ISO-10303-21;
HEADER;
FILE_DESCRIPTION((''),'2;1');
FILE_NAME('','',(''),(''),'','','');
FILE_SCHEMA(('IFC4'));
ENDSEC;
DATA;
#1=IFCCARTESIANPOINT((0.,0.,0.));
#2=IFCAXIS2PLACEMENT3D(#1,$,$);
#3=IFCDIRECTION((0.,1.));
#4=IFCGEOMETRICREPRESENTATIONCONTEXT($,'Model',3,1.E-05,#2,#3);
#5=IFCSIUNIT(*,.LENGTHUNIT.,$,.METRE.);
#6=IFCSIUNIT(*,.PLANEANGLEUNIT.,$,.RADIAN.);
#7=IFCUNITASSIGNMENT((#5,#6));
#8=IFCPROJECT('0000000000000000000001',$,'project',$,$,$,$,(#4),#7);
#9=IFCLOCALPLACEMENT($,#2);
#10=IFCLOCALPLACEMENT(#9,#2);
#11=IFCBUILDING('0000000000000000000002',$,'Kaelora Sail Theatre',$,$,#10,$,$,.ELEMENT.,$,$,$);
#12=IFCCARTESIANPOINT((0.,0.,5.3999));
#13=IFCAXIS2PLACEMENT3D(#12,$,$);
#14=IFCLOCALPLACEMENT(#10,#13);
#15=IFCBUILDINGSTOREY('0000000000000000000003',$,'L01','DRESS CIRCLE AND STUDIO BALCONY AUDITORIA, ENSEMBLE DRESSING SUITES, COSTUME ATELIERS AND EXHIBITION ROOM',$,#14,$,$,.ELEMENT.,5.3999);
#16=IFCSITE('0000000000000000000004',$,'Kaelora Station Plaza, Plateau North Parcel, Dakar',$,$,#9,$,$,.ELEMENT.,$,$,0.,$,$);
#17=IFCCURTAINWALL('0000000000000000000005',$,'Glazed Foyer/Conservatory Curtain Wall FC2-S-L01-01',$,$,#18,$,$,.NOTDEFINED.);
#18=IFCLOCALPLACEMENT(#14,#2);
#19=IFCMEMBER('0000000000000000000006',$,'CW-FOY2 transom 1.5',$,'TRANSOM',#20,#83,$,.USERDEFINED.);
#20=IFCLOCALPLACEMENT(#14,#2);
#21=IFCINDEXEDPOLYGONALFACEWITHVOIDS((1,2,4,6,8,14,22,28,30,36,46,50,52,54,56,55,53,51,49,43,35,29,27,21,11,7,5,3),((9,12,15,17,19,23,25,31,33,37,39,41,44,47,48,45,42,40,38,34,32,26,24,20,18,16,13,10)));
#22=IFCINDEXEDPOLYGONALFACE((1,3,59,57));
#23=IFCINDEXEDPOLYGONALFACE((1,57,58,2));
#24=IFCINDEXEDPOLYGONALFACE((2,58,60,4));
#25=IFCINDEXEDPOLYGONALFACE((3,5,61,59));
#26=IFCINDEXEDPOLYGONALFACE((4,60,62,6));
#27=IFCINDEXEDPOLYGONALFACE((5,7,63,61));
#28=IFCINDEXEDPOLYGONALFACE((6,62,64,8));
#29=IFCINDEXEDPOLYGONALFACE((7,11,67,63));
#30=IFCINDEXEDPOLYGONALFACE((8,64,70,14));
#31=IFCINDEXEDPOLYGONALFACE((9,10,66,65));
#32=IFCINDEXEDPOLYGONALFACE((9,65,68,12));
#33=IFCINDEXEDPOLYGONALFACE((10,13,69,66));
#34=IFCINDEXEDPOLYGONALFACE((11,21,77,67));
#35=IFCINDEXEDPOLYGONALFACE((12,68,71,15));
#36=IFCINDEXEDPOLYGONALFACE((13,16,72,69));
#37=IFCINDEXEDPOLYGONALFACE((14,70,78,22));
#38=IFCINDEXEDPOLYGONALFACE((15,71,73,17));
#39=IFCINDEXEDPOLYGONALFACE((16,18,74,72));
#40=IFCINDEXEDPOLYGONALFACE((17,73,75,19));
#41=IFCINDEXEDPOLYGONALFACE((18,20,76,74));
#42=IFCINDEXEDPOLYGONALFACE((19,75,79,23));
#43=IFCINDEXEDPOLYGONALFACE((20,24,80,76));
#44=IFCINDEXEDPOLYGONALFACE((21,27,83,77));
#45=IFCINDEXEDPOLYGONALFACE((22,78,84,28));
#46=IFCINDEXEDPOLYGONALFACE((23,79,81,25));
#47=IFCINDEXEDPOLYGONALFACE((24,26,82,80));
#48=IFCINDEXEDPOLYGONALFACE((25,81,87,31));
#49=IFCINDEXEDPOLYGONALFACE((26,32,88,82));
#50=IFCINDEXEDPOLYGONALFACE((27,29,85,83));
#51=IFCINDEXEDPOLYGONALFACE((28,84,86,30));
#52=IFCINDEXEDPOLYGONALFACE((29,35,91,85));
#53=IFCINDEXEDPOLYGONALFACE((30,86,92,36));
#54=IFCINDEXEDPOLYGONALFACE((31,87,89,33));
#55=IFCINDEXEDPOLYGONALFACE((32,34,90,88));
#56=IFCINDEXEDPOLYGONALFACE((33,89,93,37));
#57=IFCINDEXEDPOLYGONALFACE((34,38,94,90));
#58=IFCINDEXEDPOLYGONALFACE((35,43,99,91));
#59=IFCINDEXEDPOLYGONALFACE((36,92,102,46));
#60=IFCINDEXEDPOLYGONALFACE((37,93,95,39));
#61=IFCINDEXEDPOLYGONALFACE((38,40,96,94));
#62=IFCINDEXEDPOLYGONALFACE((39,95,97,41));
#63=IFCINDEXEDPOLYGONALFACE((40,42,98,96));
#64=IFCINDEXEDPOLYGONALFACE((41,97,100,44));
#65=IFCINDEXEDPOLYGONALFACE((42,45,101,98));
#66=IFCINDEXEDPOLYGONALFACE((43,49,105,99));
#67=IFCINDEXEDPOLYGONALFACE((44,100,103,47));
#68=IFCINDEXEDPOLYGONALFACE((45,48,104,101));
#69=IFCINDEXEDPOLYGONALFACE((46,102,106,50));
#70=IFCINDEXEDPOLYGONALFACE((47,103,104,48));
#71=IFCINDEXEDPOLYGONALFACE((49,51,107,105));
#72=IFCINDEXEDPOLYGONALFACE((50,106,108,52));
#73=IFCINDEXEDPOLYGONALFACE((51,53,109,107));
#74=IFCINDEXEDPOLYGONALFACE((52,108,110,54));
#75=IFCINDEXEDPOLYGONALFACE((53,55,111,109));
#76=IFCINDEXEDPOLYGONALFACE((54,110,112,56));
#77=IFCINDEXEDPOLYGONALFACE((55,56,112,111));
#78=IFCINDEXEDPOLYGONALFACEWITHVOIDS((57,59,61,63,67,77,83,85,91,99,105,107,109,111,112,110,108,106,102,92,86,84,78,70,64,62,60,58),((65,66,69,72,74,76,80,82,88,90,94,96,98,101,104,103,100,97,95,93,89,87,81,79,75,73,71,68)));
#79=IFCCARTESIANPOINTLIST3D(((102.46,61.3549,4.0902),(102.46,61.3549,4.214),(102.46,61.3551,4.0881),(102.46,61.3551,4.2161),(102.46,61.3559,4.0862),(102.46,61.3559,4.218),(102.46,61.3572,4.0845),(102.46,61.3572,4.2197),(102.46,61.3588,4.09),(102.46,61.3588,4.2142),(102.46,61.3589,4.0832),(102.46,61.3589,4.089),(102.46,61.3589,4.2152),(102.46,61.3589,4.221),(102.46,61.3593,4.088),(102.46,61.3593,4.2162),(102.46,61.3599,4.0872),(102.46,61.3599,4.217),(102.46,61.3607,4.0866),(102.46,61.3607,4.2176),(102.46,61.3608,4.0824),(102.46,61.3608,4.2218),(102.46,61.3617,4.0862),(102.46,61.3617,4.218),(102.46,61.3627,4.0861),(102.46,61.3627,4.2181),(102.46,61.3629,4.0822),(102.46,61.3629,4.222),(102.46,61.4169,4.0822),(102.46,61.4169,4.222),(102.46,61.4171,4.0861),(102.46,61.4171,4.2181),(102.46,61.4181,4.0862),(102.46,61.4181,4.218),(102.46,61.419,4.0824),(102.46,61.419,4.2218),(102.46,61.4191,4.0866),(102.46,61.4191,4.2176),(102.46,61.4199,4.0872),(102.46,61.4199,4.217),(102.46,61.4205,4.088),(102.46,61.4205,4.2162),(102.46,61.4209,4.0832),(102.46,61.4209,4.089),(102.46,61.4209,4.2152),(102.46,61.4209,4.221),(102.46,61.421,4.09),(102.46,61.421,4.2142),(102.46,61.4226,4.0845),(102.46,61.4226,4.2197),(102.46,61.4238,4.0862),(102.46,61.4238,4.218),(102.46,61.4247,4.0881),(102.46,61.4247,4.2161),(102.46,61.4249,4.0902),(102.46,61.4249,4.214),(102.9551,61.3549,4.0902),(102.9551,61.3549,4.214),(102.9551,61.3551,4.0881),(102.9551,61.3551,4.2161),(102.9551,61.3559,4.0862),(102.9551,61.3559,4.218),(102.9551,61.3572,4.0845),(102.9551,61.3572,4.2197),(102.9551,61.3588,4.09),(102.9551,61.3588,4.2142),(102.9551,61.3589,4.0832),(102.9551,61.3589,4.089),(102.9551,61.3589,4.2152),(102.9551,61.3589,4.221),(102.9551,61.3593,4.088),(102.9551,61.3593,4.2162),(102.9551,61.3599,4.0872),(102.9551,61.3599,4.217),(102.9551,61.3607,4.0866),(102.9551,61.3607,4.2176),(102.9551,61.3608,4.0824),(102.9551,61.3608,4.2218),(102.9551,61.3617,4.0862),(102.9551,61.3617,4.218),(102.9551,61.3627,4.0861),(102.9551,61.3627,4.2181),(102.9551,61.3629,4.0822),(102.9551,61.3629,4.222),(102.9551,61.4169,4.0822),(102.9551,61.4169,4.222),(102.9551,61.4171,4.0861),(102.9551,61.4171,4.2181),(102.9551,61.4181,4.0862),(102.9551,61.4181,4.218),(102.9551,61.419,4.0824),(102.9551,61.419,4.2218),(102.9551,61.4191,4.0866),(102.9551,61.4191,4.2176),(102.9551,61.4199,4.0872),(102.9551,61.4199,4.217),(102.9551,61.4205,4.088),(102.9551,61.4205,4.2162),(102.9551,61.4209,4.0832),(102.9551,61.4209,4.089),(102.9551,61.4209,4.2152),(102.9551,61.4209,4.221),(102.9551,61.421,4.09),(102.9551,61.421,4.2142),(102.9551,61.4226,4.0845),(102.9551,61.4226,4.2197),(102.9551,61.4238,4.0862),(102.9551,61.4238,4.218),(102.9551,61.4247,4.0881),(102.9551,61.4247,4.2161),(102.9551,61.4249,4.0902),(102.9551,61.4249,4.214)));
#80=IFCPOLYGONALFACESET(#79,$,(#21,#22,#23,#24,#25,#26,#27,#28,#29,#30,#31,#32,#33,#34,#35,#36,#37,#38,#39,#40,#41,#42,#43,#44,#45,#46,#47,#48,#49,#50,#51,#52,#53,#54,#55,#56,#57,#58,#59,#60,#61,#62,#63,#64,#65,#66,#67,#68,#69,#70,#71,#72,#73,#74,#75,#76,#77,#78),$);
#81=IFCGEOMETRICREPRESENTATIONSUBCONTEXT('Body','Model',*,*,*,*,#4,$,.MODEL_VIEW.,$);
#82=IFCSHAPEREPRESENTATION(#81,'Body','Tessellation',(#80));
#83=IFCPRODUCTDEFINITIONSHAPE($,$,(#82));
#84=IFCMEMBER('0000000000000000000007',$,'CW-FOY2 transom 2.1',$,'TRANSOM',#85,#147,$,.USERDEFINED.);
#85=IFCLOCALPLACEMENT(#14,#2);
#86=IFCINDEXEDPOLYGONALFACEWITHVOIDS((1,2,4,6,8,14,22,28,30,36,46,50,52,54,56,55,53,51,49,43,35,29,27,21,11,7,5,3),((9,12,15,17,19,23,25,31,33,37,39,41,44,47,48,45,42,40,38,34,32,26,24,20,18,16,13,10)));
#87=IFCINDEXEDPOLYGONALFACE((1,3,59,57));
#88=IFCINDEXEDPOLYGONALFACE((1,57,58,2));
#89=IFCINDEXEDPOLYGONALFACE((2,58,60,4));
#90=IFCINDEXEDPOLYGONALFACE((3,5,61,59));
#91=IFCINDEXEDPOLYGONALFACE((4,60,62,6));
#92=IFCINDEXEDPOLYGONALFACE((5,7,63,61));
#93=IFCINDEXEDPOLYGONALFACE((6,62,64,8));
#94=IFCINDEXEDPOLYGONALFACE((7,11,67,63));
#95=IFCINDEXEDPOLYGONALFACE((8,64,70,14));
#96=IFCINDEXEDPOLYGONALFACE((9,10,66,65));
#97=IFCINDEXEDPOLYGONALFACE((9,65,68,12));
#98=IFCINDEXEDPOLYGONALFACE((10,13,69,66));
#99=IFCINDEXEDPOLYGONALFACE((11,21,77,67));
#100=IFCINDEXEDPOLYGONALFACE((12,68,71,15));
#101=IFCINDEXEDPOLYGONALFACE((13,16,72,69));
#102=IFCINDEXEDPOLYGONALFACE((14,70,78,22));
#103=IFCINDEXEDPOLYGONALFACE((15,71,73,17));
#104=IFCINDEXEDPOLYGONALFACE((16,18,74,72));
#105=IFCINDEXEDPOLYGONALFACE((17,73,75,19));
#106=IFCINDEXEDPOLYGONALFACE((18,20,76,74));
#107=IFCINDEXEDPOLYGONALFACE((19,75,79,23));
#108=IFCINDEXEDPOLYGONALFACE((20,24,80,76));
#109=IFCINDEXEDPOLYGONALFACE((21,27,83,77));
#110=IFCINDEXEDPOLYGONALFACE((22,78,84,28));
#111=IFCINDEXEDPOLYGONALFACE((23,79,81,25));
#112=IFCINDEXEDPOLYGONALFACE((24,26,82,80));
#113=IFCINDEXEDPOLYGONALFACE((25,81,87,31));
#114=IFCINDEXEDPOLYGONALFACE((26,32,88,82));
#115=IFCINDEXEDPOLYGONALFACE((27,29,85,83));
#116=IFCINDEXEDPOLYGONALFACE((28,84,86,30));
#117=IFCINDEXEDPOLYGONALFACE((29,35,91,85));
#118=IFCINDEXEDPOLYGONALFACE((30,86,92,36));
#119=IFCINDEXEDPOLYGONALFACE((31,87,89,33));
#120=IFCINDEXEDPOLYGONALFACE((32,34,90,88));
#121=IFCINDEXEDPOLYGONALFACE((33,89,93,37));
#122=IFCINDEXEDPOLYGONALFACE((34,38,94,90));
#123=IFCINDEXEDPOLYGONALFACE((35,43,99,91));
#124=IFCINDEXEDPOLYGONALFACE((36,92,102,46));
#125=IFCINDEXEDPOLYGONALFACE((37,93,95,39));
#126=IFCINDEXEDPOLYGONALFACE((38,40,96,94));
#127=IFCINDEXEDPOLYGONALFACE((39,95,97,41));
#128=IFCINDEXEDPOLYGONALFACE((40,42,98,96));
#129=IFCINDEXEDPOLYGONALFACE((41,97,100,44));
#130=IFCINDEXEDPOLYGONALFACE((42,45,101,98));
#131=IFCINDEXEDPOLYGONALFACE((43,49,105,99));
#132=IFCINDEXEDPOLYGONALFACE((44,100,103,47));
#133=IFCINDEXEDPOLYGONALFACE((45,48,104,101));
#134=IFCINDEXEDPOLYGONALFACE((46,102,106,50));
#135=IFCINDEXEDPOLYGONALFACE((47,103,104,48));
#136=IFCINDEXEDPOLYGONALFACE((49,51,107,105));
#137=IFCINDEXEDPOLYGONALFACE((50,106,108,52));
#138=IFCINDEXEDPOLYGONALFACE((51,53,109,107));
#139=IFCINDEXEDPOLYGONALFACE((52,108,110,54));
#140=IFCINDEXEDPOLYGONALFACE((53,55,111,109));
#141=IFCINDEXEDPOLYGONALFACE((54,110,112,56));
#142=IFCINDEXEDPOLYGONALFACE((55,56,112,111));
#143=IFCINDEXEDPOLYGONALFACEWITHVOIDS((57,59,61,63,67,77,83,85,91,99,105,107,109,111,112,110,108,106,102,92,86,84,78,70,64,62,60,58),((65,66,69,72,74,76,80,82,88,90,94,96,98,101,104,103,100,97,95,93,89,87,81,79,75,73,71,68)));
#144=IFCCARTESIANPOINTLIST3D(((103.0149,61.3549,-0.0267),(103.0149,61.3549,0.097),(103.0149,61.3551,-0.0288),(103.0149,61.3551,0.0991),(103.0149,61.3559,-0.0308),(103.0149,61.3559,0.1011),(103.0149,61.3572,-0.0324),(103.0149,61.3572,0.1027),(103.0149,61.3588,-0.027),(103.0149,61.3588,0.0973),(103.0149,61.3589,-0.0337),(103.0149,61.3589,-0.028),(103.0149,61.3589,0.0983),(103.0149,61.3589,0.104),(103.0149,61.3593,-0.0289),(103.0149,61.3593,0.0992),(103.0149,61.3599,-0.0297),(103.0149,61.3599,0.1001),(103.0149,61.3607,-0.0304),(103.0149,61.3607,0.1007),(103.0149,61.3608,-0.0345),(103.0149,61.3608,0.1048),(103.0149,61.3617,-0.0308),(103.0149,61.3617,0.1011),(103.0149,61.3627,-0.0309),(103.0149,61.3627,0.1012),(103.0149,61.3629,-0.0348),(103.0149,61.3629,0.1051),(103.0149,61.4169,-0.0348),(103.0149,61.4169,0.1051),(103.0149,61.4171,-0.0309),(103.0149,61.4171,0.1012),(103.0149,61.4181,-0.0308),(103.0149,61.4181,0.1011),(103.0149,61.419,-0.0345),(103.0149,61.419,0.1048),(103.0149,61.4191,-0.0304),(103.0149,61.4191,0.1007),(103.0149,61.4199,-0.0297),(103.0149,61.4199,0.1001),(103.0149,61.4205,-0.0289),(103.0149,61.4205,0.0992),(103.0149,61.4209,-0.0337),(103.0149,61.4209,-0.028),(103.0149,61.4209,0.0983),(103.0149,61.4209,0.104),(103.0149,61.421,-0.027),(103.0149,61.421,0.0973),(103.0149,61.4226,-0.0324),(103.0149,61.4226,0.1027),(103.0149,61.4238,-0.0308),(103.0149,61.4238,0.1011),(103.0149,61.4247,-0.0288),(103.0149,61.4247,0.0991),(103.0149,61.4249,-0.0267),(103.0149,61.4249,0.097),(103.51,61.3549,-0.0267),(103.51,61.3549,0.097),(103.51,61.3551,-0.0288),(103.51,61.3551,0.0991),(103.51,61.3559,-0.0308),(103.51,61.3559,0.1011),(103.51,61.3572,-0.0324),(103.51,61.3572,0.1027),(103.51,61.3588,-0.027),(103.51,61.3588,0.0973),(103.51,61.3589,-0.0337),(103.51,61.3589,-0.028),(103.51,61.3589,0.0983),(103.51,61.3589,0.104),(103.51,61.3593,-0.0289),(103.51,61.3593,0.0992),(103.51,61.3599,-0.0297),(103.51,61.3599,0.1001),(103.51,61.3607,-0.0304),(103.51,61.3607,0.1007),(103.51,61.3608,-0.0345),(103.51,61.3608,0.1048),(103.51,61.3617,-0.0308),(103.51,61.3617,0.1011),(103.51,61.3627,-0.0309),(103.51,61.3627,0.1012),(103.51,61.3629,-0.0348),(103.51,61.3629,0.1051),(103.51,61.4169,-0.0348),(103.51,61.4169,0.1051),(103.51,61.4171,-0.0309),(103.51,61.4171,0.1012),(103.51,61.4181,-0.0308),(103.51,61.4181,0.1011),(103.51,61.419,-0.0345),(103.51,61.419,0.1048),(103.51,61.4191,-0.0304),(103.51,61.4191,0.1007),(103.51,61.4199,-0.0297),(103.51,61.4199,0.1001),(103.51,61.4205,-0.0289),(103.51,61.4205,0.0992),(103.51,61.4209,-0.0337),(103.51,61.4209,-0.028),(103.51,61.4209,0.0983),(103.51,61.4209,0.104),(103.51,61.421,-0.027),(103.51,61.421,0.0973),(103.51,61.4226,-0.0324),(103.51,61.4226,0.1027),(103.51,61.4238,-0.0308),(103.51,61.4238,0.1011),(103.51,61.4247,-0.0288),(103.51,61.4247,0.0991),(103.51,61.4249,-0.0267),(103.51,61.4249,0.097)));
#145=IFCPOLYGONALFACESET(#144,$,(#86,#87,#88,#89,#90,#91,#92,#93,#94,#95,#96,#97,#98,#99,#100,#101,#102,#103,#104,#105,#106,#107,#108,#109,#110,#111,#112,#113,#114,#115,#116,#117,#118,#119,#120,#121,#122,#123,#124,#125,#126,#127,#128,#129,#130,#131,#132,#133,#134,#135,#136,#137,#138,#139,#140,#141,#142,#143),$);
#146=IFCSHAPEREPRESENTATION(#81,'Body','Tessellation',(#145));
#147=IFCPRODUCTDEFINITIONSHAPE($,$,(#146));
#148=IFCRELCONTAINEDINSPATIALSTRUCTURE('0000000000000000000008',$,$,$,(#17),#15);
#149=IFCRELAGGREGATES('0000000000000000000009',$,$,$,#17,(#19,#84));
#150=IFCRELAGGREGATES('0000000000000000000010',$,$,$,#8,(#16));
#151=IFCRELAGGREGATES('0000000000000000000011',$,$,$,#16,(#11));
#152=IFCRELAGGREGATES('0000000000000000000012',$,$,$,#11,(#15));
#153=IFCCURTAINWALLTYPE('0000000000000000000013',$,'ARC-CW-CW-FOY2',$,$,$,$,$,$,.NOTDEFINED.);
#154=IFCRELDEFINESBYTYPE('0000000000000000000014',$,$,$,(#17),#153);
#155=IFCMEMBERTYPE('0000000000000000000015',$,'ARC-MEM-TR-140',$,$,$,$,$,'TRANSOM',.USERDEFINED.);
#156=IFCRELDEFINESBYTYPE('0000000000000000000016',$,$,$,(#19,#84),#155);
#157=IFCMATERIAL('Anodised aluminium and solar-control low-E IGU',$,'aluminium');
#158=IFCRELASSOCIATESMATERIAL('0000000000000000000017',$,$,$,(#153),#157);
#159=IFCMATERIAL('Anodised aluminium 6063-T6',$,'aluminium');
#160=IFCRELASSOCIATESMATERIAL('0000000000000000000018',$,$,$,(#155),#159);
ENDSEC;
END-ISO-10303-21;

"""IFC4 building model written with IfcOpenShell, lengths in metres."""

from ifc_helpers import new_model, si_unit, direction, frame, origin, origin_2d, place, context, subcontext, project, spatial, hollow_rectangle, extrude, material, material_profile, profile_set, type_object, element, aggregate, save


model = new_model("IFC4")

# Units and contexts
model_context = context("Model", 3, precision=1e-05, world=origin(), true_north=direction((0.0, 1.0)))
body_context = subcontext(model_context, "Body", "Model", "MODEL_VIEW")
ifc_project = project(units=[si_unit("LENGTHUNIT", "METRE"), si_unit("PLANEANGLEUNIT", "RADIAN")], contexts=[model_context])

# Site, building, storey
site_placement = place(None, origin())
site = spatial("IfcSite", under=ifc_project, at=site_placement, Name="Kaelora Station Plaza, Plateau North Parcel, Dakar", CompositionType="ELEMENT", RefElevation=0.0)
building_placement = place(site_placement, origin())
building = spatial("IfcBuilding", under=site, at=building_placement, Name="Kaelora Sail Theatre", CompositionType="ELEMENT")
storey_placement = place(building_placement, frame((0.0, 0.0, 5.3999)))
storey = spatial("IfcBuildingStorey", under=building, at=storey_placement, Name="L01", Description="DRESS CIRCLE AND STUDIO BALCONY AUDITORIA, ENSEMBLE DRESSING SUITES, COSTUME ATELIERS AND EXHIBITION ROOM", CompositionType="ELEMENT", Elevation=5.3999)

# Curtain wall
ifc_material_1 = material(Name="Anodised aluminium and solar-control low-E IGU", Category="aluminium")
curtain_wall_type = type_object("IfcCurtainWallType", Name="ARC-CW-CW-FOY2", PredefinedType="NOTDEFINED", material=ifc_material_1)
curtain_wall_1_placement = place(storey_placement, origin())
curtain_wall_1 = element("IfcCurtainWall", 1, at=curtain_wall_1_placement, inside=storey, type_object=curtain_wall_type, Name="Glazed Foyer/Conservatory Curtain Wall FC2-S-L01-01", PredefinedType="NOTDEFINED")

# Members
ifc_material_2 = material(Name="Anodised aluminium 6063-T6", Category="aluminium")
ifc_material_profile_1 = material_profile(ifc_material_2, hollow_rectangle(XDim=0.0701, YDim=0.1399, WallThickness=0.0039, InnerFilletRadius=0.0039, OuterFilletRadius=0.0081, at=origin_2d()), Name="ALU-TRAN 70x140x4")
ifc_profile_set_1 = profile_set([ifc_material_profile_1], Name="Anodised aluminium 6063-T6")
member_type_1 = type_object("IfcMemberType", Name="ARC-MEM-TR-140", ElementType="TRANSOM", PredefinedType="USERDEFINED", material=ifc_profile_set_1)
member_1_placement = place(storey_placement, frame((102.46, 61.3899, 4.1521), z_axis=(1.0, 0.0, 0.0), x_axis=(0.0, 1.0, 0.0)))
member_1 = element("IfcMember", 2, at=member_1_placement, type_object=member_type_1, Name="CW-FOY2 transom 1.5", ObjectType="TRANSOM", PredefinedType="USERDEFINED", context=body_context, shape_type="SweptSolid", body=[
    extrude(hollow_rectangle(XDim=0.0701, YDim=0.1399, WallThickness=0.0039, InnerFilletRadius=0.0039, OuterFilletRadius=0.0081, at=origin_2d()), origin(), (0.0, 0.0, 1.0), 0.4951),
])
member_2_placement = place(storey_placement, frame((103.0149, 61.3899, 0.0352), z_axis=(1.0, 0.0, 0.0), x_axis=(0.0, 1.0, 0.0)))
member_2 = element("IfcMember", 3, at=member_2_placement, type_object=member_type_1, Name="CW-FOY2 transom 2.1", ObjectType="TRANSOM", PredefinedType="USERDEFINED", context=body_context, shape_type="SweptSolid", body=[
    extrude(hollow_rectangle(XDim=0.0701, YDim=0.1399, WallThickness=0.0039, InnerFilletRadius=0.0039, OuterFilletRadius=0.0081, at=origin_2d()), origin(), (0.0, 0.0, 1.0), 0.4951),
])

aggregate(curtain_wall_1, [member_1, member_2])

save(model, "model.ifc")
